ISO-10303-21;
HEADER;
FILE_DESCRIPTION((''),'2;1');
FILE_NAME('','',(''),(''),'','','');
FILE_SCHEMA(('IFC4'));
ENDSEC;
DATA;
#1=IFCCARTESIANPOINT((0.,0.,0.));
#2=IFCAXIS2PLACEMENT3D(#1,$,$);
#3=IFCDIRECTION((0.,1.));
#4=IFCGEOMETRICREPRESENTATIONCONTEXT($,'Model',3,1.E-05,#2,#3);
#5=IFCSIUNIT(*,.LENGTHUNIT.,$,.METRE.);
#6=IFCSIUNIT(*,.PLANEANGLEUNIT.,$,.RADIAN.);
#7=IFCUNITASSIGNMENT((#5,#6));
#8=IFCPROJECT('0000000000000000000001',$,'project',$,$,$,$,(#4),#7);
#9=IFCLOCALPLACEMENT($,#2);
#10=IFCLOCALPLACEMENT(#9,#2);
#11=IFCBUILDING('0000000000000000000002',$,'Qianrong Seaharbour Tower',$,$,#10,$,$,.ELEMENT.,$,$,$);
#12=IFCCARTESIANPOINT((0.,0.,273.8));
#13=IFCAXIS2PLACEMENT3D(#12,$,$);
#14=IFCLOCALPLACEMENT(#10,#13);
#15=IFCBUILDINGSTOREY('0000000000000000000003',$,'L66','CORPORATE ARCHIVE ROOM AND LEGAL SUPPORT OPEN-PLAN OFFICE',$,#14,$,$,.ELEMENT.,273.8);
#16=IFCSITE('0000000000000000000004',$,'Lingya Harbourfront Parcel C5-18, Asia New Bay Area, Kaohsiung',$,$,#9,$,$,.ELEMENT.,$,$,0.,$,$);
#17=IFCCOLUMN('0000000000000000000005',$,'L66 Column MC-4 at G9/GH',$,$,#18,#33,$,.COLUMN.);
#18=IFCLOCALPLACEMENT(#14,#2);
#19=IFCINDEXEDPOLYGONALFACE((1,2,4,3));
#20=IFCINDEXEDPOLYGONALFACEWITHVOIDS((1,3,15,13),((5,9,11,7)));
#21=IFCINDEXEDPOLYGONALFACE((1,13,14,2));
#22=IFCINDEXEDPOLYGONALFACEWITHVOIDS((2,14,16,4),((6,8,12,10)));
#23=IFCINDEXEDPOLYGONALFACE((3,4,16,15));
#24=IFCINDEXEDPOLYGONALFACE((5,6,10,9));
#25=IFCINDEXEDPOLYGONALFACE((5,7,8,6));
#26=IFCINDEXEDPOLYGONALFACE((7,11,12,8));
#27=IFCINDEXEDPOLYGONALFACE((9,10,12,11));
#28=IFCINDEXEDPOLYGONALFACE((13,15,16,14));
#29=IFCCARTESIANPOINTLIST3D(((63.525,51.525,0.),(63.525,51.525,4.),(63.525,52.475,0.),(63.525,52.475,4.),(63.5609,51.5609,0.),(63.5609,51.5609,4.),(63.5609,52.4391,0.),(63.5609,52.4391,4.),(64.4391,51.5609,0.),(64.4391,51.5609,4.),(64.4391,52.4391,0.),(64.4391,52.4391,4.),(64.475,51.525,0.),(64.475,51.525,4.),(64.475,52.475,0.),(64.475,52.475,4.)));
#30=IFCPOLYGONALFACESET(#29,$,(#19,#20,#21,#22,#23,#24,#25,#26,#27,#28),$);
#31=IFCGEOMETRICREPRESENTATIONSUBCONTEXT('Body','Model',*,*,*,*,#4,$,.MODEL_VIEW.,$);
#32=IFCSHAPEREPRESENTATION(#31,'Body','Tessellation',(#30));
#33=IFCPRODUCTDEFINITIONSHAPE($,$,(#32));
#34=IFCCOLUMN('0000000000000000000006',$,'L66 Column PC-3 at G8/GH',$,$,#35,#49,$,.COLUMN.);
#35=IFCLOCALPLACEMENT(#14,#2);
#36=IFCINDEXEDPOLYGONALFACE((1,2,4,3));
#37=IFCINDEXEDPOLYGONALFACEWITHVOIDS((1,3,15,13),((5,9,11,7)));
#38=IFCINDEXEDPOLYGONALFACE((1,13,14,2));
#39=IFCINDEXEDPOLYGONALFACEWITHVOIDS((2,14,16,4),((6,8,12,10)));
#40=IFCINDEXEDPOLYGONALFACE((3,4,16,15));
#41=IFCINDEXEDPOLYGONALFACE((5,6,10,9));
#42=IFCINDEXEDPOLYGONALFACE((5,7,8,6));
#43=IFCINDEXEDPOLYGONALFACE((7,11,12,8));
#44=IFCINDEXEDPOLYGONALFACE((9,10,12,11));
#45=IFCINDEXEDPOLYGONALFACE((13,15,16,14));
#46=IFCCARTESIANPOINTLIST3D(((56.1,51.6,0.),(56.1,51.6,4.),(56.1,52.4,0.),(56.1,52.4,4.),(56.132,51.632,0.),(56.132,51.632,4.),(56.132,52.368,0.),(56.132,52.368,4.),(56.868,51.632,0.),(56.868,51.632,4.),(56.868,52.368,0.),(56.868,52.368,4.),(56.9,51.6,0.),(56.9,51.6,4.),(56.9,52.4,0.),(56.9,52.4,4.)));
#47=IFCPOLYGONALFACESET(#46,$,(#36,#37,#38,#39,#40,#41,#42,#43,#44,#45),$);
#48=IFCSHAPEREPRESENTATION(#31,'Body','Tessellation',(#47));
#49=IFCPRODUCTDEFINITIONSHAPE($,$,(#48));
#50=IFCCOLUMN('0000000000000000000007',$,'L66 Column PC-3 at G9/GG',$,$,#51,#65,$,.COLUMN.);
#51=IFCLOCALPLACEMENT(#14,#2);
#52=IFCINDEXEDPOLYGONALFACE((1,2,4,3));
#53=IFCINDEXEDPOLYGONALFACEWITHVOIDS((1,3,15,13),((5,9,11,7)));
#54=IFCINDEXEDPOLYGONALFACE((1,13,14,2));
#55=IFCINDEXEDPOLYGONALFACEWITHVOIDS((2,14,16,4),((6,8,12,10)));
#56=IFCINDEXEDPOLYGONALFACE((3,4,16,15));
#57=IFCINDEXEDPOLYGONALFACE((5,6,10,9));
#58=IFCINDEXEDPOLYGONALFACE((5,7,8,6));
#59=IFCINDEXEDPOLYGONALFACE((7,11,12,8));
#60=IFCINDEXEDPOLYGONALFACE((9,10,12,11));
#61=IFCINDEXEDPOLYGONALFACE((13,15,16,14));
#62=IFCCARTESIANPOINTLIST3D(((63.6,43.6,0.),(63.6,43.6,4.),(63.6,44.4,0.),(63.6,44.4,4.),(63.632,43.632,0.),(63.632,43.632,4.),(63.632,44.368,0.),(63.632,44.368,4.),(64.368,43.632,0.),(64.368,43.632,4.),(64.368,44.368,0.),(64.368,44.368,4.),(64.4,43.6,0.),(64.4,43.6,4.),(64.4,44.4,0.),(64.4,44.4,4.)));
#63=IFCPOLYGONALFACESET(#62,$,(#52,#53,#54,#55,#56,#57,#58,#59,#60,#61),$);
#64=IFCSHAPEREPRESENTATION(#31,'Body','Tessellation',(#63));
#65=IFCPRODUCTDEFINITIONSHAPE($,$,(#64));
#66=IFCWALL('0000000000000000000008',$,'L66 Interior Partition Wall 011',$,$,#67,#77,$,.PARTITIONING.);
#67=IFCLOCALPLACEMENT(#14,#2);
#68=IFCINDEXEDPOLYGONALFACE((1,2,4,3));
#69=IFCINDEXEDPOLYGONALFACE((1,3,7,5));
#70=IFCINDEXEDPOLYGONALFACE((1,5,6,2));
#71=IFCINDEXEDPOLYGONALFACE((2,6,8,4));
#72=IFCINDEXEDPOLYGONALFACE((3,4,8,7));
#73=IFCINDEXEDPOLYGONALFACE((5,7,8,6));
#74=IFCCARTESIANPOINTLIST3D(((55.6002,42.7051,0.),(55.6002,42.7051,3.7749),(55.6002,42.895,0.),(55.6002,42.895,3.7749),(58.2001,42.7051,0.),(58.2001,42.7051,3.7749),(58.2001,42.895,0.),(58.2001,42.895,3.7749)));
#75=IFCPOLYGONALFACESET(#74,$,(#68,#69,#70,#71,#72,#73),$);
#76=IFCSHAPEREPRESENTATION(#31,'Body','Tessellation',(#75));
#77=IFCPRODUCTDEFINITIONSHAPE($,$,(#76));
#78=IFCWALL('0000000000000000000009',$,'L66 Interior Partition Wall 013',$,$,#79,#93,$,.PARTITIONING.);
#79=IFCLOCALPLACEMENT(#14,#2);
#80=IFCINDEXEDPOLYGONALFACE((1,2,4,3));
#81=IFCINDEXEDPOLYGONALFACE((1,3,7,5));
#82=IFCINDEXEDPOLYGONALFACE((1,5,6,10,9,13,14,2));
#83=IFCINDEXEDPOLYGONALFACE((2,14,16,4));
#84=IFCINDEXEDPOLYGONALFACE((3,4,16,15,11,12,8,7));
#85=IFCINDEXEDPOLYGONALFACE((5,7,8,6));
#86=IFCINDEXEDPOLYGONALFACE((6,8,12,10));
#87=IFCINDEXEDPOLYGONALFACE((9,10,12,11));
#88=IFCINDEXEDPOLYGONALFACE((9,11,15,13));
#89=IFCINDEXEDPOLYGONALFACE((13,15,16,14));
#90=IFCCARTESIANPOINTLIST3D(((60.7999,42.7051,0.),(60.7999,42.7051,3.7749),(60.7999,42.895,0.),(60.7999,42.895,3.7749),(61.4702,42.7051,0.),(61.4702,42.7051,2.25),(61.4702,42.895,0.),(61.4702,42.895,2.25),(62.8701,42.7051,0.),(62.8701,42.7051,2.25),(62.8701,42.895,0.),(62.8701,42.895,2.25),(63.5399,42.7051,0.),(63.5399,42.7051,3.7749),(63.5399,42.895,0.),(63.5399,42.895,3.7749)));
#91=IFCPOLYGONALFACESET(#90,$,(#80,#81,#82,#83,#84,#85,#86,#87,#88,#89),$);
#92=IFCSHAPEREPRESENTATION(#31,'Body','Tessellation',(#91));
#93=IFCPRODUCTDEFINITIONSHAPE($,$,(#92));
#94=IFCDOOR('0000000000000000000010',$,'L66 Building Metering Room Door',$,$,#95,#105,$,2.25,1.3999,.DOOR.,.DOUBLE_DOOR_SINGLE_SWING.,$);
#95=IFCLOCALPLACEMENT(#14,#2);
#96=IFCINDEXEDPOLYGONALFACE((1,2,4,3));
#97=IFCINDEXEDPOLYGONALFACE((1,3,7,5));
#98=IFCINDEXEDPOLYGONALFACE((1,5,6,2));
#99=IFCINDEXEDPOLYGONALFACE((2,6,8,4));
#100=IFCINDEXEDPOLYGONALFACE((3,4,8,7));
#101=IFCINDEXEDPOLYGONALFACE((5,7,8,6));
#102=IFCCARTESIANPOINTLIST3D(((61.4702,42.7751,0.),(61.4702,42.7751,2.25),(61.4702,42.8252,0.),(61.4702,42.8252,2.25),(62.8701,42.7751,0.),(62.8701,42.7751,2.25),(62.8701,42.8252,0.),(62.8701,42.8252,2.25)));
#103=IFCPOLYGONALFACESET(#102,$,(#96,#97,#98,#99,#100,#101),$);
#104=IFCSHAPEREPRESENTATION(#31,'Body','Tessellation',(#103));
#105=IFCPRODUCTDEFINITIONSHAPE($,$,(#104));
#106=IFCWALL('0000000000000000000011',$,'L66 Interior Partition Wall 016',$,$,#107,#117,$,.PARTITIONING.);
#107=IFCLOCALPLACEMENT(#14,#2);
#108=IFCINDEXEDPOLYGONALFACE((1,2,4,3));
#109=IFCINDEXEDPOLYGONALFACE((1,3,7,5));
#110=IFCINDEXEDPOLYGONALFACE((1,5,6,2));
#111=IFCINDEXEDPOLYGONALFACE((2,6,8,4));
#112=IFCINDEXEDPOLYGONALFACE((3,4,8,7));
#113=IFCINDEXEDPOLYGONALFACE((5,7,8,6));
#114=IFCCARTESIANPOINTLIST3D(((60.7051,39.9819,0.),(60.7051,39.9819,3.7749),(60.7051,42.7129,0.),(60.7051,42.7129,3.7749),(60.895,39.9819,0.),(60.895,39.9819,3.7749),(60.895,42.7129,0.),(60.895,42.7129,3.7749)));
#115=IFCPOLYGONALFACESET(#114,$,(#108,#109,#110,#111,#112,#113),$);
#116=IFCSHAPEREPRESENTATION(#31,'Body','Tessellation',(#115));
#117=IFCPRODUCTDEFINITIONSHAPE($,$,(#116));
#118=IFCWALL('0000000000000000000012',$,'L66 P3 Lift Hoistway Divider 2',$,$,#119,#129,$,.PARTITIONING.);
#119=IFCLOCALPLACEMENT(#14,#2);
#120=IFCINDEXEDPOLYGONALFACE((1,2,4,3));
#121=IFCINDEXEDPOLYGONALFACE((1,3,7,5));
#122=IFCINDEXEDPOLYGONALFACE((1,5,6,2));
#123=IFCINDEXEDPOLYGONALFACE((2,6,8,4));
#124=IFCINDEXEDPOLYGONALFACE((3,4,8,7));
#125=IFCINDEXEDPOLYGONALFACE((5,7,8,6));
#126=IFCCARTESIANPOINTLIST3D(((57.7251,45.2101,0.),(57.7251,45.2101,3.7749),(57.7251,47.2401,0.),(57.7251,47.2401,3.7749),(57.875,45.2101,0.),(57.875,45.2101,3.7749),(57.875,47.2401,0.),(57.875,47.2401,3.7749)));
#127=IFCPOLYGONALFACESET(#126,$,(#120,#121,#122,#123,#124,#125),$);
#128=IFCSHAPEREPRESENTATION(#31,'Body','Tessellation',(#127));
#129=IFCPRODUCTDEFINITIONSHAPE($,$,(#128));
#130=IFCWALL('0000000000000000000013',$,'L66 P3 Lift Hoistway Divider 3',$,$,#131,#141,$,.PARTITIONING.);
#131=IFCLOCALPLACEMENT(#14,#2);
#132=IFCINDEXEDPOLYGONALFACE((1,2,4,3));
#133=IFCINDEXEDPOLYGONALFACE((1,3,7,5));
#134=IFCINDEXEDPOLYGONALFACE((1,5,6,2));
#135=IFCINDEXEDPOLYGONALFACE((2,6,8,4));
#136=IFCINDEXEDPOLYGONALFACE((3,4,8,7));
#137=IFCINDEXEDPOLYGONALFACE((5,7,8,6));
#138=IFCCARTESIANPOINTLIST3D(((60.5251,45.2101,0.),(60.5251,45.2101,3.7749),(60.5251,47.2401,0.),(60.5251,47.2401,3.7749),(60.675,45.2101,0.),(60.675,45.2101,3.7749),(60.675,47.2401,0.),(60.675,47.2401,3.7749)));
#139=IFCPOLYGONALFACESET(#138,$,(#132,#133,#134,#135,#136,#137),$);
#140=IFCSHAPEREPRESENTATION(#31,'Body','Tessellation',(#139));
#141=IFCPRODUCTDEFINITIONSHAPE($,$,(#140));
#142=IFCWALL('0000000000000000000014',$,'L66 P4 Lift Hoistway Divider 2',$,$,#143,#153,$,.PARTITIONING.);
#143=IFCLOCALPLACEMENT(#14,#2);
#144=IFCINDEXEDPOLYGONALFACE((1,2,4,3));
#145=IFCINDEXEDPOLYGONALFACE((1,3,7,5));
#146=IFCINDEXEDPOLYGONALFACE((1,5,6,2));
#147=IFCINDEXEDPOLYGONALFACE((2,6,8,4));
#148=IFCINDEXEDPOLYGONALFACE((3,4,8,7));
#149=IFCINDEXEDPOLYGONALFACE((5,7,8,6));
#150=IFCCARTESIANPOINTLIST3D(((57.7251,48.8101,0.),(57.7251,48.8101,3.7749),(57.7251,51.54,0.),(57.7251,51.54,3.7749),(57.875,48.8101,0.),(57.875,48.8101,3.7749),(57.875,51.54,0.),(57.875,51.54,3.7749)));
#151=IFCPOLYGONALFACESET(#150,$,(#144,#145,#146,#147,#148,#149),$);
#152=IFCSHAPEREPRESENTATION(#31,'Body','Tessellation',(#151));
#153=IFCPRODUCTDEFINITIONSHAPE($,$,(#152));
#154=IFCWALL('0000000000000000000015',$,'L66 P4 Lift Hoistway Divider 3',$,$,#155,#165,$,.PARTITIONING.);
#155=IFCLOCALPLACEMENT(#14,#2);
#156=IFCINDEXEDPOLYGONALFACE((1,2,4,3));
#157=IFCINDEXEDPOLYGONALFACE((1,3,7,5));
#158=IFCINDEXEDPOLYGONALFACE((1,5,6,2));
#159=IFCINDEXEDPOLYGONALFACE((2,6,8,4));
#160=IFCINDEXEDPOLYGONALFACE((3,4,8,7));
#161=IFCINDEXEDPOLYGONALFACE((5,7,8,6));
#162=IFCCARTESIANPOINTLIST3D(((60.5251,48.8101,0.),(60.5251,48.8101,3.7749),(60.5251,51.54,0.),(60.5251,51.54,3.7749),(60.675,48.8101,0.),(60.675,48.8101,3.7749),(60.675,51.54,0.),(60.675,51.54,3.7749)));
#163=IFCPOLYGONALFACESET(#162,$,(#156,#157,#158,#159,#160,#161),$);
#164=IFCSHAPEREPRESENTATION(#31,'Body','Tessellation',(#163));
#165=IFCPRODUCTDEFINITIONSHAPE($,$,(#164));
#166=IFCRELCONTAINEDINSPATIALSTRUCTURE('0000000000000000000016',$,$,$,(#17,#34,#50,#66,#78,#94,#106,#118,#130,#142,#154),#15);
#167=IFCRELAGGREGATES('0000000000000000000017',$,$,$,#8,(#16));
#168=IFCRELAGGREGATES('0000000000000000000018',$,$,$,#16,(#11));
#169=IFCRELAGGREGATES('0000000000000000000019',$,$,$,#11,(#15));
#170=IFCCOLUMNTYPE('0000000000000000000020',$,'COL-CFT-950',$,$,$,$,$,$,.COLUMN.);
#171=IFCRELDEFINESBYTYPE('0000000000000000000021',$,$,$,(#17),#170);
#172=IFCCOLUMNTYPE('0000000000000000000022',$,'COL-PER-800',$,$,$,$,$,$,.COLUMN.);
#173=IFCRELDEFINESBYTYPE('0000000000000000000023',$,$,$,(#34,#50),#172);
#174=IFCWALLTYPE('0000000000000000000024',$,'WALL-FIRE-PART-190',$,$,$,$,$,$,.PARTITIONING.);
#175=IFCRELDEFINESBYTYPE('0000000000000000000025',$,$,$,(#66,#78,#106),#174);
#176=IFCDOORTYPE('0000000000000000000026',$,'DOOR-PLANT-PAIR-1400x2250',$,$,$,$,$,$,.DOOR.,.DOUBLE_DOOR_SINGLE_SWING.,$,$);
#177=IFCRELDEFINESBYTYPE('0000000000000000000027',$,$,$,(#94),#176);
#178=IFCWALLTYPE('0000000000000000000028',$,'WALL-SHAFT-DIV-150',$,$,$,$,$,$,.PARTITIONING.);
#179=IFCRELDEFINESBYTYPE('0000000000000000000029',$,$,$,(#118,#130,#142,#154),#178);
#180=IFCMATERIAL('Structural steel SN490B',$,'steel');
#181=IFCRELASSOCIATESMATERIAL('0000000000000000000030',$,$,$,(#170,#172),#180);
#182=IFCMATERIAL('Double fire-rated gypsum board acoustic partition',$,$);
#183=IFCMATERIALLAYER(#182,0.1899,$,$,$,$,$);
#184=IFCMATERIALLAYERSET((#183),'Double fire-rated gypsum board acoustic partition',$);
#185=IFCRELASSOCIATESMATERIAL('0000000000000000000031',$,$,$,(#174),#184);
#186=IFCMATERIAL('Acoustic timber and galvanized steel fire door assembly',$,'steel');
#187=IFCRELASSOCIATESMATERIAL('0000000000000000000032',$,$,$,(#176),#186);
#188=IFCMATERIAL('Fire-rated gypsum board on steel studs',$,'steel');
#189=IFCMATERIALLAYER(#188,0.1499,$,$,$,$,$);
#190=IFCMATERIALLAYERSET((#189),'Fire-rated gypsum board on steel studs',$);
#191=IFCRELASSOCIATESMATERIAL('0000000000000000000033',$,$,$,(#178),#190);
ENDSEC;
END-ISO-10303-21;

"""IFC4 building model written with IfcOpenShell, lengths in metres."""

from ifc_helpers import new_model, si_unit, direction, frame, frame_2d, origin, origin_2d, place, context, subcontext, project, spatial, rectangle, hollow_rectangle, extrude, material, layer, layer_set, material_profile, profile_set, type_object, element, fill, save


model = new_model("IFC4")

# Units and contexts
model_context = context("Model", 3, precision=1e-05, world=origin(), true_north=direction((0.0, 1.0)))
body_context = subcontext(model_context, "Body", "Model", "MODEL_VIEW")
ifc_project = project(units=[si_unit("LENGTHUNIT", "METRE"), si_unit("PLANEANGLEUNIT", "RADIAN")], contexts=[model_context])

# Site, building, storey
site_placement = place(None, origin())
site = spatial("IfcSite", under=ifc_project, at=site_placement, Name="Lingya Harbourfront Parcel C5-18, Asia New Bay Area, Kaohsiung", CompositionType="ELEMENT", RefElevation=0.0)
building_placement = place(site_placement, origin())
building = spatial("IfcBuilding", under=site, at=building_placement, Name="Qianrong Seaharbour Tower", CompositionType="ELEMENT")
storey_placement = place(building_placement, frame((0.0, 0.0, 273.8)))
storey = spatial("IfcBuildingStorey", under=building, at=storey_placement, Name="L66", Description="CORPORATE ARCHIVE ROOM AND LEGAL SUPPORT OPEN-PLAN OFFICE", CompositionType="ELEMENT", Elevation=273.8)

# Columns
ifc_material_1 = material(Name="Structural steel SN490B", Category="steel")
ifc_material_profile_1 = material_profile(ifc_material_1, hollow_rectangle(XDim=0.95, YDim=0.95, WallThickness=0.0359, at=origin_2d()), Name="BOX950x950x36")
ifc_profile_set_1 = profile_set([ifc_material_profile_1], Name="Structural steel SN490B")
column_type_1 = type_object("IfcColumnType", Name="COL-CFT-950", PredefinedType="COLUMN", material=ifc_profile_set_1)
column_placement = place(storey_placement, frame((64.0, 52.0, 0.0), z_axis=(0.0, 0.0, 1.0), x_axis=(1.0, 0.0, 0.0)))
element("IfcColumn", 1, at=column_placement, inside=storey, type_object=column_type_1, Name="L66 Column MC-4 at G9/GH", PredefinedType="COLUMN", context=body_context, shape_type="SweptSolid", body=[
    extrude(hollow_rectangle(XDim=0.95, YDim=0.95, WallThickness=0.0359, at=origin_2d()), origin(), (0.0, 0.0, 1.0), 4.0),
])
ifc_material_profile_2 = material_profile(ifc_material_1, hollow_rectangle(XDim=0.8, YDim=0.8, WallThickness=0.032, at=origin_2d()), Name="BOX800x800x32")
ifc_profile_set_2 = profile_set([ifc_material_profile_2], Name="Structural steel SN490B")
column_type_2 = type_object("IfcColumnType", Name="COL-PER-800", PredefinedType="COLUMN", material=ifc_profile_set_2)
for number, where, z_axis, x_axis, name in (
    (2, (56.5, 52.0, 0.0), (0.0, 0.0, 1.0), (1.0, 0.0, 0.0), "L66 Column PC-3 at G8/GH"),
    (3, (64.0, 44.0, 0.0), (0.0, 0.0, 1.0), (1.0, 0.0, 0.0), "L66 Column PC-3 at G9/GG"),
):
    element("IfcColumn", number, at=place(storey_placement, frame(where, z_axis=z_axis, x_axis=x_axis)), inside=storey, type_object=column_type_2, Name=name, PredefinedType="COLUMN", context=body_context, shape_type="SweptSolid", body=[
        extrude(hollow_rectangle(XDim=0.8, YDim=0.8, WallThickness=0.032, at=origin_2d()), origin(), (0.0, 0.0, 1.0), 4.0),
    ])

# Shared definitions
ifc_material_2 = material(Name="Acoustic timber and galvanized steel fire door assembly", Category="steel")

# Wall
ifc_material_3 = material(Name="Double fire-rated gypsum board acoustic partition")
ifc_layer_1 = layer(ifc_material_3, 0.1899)
ifc_layer_set_1 = layer_set([ifc_layer_1], Name="Double fire-rated gypsum board acoustic partition")
wall_type_1 = type_object("IfcWallType", Name="WALL-FIRE-PART-190", PredefinedType="PARTITIONING", material=ifc_layer_set_1)
wall_1_placement = place(storey_placement, frame((58.2, 42.8, 0.0), z_axis=(0.0, 0.0, 1.0), x_axis=(-1.0, 0.0, 0.0)))
element("IfcWall", 4, at=wall_1_placement, inside=storey, type_object=wall_type_1, Name="L66 Interior Partition Wall 011", PredefinedType="PARTITIONING", context=body_context, shape_type="SweptSolid", body=[
    extrude(rectangle(XDim=2.5999, YDim=0.1899, at=frame_2d((1.2998, 0.0))), origin(), (0.0, 0.0, 1.0), 3.7749),
])

# Wall, opening, door
wall_2_placement = place(storey_placement, frame((63.54, 42.8, 0.0), z_axis=(0.0, 0.0, 1.0), x_axis=(-1.0, 0.0, 0.0)))
wall_2 = element("IfcWall", 5, at=wall_2_placement, inside=storey, type_object=wall_type_1, Name="L66 Interior Partition Wall 013", PredefinedType="PARTITIONING", context=body_context, shape_type="SweptSolid", body=[
    extrude(rectangle(XDim=2.74, YDim=0.1899, at=frame_2d((1.3701, 0.0))), origin(), (0.0, 0.0, 1.0), 3.7749),
])
opening_1_placement = place(wall_2_placement, frame((0.6699, 0.0, 0.0)))
opening_1 = element("IfcOpeningElement", 6, at=opening_1_placement, cuts=wall_2, PredefinedType="OPENING", context=body_context, shape_type="SweptSolid", body=[
    extrude(rectangle(XDim=1.3999, YDim=2.25, at=frame_2d((0.7, 1.125))), frame((0.0, 0.105, 0.0), z_axis=(0.0, -1.0, 0.0), x_axis=(1.0, 0.0, 0.0)), (0.0, 0.0, 1.0), 0.21),
])
door_type_1 = type_object("IfcDoorType", Name="DOOR-PLANT-PAIR-1400x2250", OperationType="DOUBLE_DOOR_SINGLE_SWING", PredefinedType="DOOR", material=ifc_material_2)
door_1_placement = place(opening_1_placement, origin())
door_1 = element("IfcDoor", 7, at=door_1_placement, inside=storey, type_object=door_type_1, Name="L66 Building Metering Room Door", OperationType="DOUBLE_DOOR_SINGLE_SWING", OverallHeight=2.25, OverallWidth=1.3999, PredefinedType="DOOR", context=body_context, shape_type="SweptSolid", body=[
    extrude(rectangle(XDim=1.3999, YDim=2.25, at=frame_2d((0.7, 1.125))), frame((0.0, 0.0249, 0.0), z_axis=(0.0, -1.0, 0.0), x_axis=(1.0, 0.0, 0.0)), (0.0, 0.0, 1.0), 0.05),
])
fill(opening_1, door_1)

# Walls
wall_3_placement = place(storey_placement, frame((60.8, 42.7129, 0.0), z_axis=(0.0, 0.0, 1.0), x_axis=(0.0, -1.0, 0.0)))
element("IfcWall", 8, at=wall_3_placement, inside=storey, type_object=wall_type_1, Name="L66 Interior Partition Wall 016", PredefinedType="PARTITIONING", context=body_context, shape_type="SweptSolid", body=[
    extrude(rectangle(XDim=2.731, YDim=0.1899, at=frame_2d((1.3655, 0.0))), origin(), (0.0, 0.0, 1.0), 3.7749),
])
ifc_material_4 = material(Name="Fire-rated gypsum board on steel studs", Category="steel")
ifc_layer_2 = layer(ifc_material_4, 0.1499)
ifc_layer_set_2 = layer_set([ifc_layer_2], Name="Fire-rated gypsum board on steel studs")
wall_type_2 = type_object("IfcWallType", Name="WALL-SHAFT-DIV-150", PredefinedType="PARTITIONING", material=ifc_layer_set_2)
for number, where, z_axis, x_axis, name in (
    (9, (57.8, 45.21, 0.0), (0.0, 0.0, 1.0), (0.0, 1.0, 0.0), "L66 P3 Lift Hoistway Divider 2"),
    (10, (60.6001, 45.21, 0.0), (0.0, 0.0, 1.0), (0.0, 1.0, 0.0), "L66 P3 Lift Hoistway Divider 3"),
):
    element("IfcWall", number, at=place(storey_placement, frame(where, z_axis=z_axis, x_axis=x_axis)), inside=storey, type_object=wall_type_2, Name=name, PredefinedType="PARTITIONING", context=body_context, shape_type="SweptSolid", body=[
        extrude(rectangle(XDim=2.03, YDim=0.1499, at=frame_2d((1.0151, 0.0))), origin(), (0.0, 0.0, 1.0), 3.7749),
    ])
for number, where, z_axis, x_axis, name in (
    (11, (57.8, 48.8101, 0.0), (0.0, 0.0, 1.0), (0.0, 1.0, 0.0), "L66 P4 Lift Hoistway Divider 2"),
    (12, (60.6001, 48.8101, 0.0), (0.0, 0.0, 1.0), (0.0, 1.0, 0.0), "L66 P4 Lift Hoistway Divider 3"),
):
    element("IfcWall", number, at=place(storey_placement, frame(where, z_axis=z_axis, x_axis=x_axis)), inside=storey, type_object=wall_type_2, Name=name, PredefinedType="PARTITIONING", context=body_context, shape_type="SweptSolid", body=[
        extrude(rectangle(XDim=2.73, YDim=0.1499, at=frame_2d((1.365, 0.0))), origin(), (0.0, 0.0, 1.0), 3.7749),
    ])

save(model, "model.ifc")
